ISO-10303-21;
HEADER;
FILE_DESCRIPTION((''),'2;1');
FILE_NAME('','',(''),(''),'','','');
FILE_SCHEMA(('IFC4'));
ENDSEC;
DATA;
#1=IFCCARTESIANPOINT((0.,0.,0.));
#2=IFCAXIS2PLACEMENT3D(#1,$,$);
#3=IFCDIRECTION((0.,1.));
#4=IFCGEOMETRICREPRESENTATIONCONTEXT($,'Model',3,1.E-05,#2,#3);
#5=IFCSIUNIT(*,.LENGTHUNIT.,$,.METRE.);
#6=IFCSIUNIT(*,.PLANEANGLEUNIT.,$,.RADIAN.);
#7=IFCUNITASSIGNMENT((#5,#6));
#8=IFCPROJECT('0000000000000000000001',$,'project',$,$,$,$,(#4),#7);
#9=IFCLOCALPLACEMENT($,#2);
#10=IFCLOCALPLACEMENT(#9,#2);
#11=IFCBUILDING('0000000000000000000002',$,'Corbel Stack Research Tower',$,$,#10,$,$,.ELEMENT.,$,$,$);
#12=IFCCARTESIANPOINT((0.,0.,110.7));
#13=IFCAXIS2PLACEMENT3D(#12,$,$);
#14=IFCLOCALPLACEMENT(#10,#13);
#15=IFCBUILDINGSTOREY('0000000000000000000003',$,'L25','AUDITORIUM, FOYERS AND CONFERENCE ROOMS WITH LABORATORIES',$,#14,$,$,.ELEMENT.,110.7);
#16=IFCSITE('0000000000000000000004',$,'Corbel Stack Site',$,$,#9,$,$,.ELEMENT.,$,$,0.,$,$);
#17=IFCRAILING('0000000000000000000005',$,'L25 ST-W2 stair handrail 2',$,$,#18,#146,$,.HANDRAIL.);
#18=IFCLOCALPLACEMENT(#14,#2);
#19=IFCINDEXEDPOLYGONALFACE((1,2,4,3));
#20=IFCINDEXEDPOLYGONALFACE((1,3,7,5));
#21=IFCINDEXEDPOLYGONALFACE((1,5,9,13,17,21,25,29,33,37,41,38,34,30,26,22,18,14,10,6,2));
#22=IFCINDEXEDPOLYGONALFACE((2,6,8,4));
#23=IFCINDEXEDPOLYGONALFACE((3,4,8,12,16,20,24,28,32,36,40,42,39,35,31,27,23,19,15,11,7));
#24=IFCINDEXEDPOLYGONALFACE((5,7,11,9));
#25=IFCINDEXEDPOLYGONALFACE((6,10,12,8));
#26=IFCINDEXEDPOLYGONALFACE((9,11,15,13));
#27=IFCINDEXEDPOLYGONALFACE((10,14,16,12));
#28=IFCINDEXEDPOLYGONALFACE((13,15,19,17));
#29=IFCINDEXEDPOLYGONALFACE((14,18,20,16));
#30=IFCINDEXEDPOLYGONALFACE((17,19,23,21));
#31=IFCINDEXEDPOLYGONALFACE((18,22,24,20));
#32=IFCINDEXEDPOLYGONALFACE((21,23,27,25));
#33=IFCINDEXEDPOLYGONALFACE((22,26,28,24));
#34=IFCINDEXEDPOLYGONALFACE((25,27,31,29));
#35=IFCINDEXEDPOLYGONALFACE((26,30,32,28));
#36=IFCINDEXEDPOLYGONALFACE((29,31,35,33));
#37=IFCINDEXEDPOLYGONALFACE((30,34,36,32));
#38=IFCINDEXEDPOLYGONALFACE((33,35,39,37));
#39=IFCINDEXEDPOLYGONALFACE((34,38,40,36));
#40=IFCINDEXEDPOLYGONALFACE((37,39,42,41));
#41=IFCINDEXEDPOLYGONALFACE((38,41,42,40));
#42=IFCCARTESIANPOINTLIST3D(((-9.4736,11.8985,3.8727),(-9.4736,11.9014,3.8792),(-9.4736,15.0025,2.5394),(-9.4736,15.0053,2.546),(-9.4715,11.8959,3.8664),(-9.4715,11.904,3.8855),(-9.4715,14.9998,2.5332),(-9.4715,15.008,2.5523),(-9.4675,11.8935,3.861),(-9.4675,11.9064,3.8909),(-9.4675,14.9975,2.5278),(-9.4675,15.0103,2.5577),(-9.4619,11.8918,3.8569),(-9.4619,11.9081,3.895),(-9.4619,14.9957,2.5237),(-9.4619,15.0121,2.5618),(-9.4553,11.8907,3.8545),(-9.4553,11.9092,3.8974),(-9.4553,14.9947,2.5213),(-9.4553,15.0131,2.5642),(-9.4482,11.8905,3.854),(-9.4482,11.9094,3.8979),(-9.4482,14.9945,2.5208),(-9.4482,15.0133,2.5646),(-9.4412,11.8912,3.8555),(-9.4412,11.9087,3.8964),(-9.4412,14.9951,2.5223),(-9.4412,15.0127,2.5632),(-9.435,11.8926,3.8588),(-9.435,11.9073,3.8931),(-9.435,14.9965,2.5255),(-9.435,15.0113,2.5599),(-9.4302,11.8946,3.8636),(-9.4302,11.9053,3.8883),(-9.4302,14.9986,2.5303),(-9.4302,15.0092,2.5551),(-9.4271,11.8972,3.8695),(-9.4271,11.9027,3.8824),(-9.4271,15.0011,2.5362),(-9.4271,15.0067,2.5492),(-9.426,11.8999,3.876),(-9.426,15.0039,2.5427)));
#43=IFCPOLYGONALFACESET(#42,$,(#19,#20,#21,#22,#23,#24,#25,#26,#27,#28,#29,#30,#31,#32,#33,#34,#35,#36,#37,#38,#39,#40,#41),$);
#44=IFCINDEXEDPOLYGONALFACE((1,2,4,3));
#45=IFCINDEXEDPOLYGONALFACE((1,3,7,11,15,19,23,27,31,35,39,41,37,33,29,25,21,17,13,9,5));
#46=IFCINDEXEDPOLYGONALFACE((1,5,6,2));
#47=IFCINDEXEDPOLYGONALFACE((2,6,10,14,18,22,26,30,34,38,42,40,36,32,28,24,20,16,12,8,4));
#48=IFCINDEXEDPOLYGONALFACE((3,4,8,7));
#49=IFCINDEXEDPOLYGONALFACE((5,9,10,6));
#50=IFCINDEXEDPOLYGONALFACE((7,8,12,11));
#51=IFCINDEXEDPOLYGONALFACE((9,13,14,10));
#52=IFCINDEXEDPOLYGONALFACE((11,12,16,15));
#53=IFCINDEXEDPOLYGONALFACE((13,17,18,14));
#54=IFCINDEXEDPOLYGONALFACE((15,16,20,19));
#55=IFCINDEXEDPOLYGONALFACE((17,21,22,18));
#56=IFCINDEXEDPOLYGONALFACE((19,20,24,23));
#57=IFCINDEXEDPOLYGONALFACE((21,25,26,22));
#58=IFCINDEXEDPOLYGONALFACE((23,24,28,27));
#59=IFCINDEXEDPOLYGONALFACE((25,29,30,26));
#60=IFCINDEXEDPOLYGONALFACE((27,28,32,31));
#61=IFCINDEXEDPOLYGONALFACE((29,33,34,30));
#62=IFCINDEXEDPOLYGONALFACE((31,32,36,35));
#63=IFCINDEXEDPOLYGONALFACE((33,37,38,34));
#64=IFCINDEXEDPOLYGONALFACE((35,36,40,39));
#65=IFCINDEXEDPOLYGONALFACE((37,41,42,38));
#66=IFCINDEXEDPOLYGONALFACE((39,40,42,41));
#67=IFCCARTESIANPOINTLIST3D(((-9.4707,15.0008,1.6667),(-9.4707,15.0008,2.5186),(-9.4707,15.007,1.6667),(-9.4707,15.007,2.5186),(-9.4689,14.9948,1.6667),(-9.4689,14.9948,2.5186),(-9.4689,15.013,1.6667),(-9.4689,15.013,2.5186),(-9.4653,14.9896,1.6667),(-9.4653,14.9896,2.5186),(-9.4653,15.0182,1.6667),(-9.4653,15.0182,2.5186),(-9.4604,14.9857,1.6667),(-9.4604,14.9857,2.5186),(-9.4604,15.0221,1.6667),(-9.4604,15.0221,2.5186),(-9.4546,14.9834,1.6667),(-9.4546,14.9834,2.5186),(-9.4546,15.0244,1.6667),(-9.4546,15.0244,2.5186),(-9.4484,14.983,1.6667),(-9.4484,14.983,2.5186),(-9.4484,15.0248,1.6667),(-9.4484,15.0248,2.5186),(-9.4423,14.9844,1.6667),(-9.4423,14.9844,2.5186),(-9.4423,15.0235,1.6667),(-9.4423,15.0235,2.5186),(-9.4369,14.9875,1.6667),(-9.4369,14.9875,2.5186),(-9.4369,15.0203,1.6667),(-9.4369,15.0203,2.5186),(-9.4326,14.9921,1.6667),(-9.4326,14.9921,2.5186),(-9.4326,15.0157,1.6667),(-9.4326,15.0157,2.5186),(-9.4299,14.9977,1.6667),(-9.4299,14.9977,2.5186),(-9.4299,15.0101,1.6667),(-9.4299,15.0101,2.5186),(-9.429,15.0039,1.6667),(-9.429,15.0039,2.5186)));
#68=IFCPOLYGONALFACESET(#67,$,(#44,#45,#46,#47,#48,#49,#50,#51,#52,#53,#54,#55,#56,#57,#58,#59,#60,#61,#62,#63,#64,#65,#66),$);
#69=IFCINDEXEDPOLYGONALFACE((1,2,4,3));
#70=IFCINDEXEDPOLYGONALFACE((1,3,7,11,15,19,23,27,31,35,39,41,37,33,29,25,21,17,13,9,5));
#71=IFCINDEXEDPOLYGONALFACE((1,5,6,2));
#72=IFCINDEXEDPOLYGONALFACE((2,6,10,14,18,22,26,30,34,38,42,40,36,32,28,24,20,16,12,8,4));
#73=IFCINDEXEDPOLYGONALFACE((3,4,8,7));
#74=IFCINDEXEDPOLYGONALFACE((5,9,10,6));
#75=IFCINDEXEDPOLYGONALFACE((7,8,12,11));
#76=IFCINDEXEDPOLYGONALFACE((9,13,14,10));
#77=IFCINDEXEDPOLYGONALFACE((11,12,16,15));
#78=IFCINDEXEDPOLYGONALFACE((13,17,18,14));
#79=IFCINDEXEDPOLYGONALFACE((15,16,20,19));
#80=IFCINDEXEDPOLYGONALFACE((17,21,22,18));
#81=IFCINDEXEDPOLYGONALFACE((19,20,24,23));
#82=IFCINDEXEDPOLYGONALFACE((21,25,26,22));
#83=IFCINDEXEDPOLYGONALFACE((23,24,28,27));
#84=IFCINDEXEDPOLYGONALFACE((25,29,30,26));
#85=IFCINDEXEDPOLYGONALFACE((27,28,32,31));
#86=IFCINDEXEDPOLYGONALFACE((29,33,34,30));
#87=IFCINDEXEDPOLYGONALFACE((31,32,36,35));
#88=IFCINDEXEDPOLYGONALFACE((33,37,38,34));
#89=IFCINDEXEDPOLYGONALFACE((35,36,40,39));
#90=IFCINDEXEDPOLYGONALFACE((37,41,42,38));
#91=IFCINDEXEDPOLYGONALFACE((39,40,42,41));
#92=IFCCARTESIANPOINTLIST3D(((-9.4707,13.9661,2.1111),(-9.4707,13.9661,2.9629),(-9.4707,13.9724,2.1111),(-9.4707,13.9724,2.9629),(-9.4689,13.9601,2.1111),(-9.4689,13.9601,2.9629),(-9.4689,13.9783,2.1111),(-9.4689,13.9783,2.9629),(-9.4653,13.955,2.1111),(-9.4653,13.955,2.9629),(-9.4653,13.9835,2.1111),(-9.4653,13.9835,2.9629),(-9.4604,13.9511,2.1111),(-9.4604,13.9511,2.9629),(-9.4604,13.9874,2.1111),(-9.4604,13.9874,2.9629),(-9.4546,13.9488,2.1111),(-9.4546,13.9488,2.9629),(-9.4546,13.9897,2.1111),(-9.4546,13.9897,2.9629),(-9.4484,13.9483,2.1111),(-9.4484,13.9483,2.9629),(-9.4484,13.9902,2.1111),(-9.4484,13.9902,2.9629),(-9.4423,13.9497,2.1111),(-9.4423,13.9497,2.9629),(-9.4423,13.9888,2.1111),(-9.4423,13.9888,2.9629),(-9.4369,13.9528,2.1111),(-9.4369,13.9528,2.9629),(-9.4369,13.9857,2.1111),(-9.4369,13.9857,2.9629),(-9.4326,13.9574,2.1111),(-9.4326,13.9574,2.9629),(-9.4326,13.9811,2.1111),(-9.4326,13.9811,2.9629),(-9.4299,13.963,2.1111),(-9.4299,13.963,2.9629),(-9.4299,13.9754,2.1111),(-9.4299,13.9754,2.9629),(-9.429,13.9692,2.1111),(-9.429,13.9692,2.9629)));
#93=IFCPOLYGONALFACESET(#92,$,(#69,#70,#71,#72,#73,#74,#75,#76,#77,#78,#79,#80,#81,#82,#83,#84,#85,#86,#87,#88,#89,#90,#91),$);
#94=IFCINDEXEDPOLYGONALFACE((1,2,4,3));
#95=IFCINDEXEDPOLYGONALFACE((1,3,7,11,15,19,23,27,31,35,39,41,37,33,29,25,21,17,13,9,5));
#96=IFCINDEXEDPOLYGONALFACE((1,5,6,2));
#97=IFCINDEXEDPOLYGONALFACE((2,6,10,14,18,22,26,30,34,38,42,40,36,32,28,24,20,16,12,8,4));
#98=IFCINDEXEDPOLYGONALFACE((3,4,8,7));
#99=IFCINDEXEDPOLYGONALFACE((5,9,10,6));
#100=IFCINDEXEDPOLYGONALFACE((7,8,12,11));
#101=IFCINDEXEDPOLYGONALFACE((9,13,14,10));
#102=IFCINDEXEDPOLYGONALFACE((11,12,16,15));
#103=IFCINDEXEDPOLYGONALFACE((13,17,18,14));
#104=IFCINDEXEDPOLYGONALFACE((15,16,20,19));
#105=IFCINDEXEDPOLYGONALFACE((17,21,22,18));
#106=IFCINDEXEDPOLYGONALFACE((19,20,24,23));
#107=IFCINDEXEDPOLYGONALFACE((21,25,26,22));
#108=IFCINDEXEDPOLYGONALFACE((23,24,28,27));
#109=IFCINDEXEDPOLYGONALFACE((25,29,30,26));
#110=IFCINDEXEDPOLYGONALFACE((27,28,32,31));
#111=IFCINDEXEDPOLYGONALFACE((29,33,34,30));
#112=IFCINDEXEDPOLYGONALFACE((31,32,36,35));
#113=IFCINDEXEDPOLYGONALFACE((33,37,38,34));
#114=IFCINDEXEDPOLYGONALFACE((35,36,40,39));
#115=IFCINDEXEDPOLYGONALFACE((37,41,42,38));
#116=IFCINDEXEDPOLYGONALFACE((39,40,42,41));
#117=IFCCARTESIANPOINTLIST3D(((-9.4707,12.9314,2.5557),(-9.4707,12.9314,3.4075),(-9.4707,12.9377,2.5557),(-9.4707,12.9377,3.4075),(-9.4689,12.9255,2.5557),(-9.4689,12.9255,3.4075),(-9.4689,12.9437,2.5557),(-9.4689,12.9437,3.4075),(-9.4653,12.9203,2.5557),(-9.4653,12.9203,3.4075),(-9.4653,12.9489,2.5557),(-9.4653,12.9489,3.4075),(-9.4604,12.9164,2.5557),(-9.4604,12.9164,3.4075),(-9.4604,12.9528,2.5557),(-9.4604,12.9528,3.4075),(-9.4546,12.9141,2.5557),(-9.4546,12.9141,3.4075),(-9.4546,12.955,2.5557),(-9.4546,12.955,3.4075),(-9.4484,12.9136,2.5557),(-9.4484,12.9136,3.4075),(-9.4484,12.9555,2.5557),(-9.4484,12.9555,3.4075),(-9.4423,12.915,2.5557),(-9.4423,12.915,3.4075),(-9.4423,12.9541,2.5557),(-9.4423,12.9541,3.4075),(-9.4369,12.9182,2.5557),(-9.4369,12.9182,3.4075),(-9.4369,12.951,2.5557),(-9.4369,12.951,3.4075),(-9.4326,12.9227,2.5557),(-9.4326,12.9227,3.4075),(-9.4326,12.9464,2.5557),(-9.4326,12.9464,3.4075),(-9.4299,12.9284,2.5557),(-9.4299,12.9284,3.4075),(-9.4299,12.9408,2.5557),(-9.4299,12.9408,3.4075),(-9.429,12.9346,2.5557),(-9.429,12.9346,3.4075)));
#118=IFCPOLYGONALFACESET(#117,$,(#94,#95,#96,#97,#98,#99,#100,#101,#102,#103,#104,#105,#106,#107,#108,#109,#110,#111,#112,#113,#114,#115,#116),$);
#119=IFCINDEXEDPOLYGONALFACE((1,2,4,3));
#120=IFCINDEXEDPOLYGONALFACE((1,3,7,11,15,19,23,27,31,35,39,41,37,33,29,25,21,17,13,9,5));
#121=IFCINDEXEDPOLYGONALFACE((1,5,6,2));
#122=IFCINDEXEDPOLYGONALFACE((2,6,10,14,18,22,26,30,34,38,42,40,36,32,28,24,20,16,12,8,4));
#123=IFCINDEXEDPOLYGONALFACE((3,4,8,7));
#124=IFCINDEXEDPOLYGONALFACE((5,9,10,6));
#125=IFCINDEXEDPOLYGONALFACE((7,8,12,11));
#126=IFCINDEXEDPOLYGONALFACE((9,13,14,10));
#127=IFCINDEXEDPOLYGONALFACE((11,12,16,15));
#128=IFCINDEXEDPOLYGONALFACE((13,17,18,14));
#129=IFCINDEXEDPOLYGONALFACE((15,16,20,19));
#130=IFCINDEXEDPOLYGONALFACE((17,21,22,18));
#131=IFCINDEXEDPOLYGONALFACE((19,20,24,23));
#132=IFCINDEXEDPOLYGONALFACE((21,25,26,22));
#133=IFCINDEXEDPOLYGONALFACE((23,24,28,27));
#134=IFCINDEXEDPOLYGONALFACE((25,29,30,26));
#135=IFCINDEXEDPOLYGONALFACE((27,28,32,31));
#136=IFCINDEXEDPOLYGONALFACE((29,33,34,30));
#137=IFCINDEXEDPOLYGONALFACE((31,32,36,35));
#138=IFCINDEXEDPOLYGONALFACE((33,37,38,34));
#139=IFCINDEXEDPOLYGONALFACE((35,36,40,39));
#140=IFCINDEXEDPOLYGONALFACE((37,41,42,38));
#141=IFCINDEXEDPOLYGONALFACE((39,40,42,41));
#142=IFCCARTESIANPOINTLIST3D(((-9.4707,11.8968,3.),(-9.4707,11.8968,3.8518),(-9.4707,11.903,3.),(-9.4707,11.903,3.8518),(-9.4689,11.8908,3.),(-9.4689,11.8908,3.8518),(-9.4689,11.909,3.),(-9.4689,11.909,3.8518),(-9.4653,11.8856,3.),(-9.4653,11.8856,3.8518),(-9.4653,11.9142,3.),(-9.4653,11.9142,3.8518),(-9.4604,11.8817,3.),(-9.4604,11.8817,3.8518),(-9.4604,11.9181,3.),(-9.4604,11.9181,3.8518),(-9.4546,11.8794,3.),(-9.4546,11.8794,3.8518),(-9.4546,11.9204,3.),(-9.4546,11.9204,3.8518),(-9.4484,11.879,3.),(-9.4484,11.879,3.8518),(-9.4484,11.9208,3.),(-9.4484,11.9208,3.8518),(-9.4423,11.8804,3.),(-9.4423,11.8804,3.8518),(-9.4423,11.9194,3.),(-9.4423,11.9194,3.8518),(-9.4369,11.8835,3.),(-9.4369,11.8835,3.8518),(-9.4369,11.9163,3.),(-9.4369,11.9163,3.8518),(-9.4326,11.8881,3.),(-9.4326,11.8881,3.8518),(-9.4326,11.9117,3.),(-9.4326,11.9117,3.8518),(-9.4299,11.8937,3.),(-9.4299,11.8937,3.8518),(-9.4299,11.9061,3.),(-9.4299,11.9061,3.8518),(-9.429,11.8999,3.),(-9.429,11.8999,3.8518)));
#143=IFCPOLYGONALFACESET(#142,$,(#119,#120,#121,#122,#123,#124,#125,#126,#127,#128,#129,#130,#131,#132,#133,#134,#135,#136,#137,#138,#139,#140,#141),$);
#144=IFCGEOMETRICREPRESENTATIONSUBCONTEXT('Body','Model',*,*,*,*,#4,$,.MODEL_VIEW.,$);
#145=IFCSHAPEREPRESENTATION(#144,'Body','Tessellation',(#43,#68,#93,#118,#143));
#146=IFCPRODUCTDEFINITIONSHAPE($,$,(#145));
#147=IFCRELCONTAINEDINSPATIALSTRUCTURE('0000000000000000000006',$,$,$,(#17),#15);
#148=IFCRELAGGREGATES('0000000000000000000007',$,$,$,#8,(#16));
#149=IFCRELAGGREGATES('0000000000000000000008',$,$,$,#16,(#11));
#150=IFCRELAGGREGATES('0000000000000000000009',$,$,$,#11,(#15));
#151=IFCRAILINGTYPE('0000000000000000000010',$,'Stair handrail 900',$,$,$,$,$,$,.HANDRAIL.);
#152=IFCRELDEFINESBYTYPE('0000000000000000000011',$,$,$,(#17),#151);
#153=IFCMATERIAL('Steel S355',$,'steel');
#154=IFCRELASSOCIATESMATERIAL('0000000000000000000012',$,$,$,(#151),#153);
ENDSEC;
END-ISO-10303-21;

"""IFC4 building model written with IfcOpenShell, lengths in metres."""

from ifc_helpers import new_model, si_unit, direction, frame, origin, origin_2d, place, context, subcontext, project, spatial, circle, extrude, material, type_object, element, save


model = new_model("IFC4")

# Units and contexts
model_context = context("Model", 3, precision=1e-05, world=origin(), true_north=direction((0.0, 1.0)))
body_context = subcontext(model_context, "Body", "Model", "MODEL_VIEW")
ifc_project = project(units=[si_unit("LENGTHUNIT", "METRE"), si_unit("PLANEANGLEUNIT", "RADIAN")], contexts=[model_context])

# Site, building, storey
site_placement = place(None, origin())
site = spatial("IfcSite", under=ifc_project, at=site_placement, Name="Corbel Stack Site", CompositionType="ELEMENT", RefElevation=0.0)
building_placement = place(site_placement, origin())
building = spatial("IfcBuilding", under=site, at=building_placement, Name="Corbel Stack Research Tower", CompositionType="ELEMENT")
storey_placement = place(building_placement, frame((0.0, 0.0, 110.7)))
storey = spatial("IfcBuildingStorey", under=building, at=storey_placement, Name="L25", Description="AUDITORIUM, FOYERS AND CONFERENCE ROOMS WITH LABORATORIES", CompositionType="ELEMENT", Elevation=110.7)

# Railing
ifc_material_1 = material(Name="Steel S355", Category="steel")
railing_type_1 = type_object("IfcRailingType", Name="Stair handrail 900", PredefinedType="HANDRAIL", material=ifc_material_1)
railing_1_placement = place(storey_placement, frame((-9.45, 15.0039, 1.6667)))
element("IfcRailing", 1, at=railing_1_placement, inside=storey, type_object=railing_type_1, Name="L25 ST-W2 stair handrail 2", PredefinedType="HANDRAIL", context=body_context, shape_type="SweptSolid", body=[
    extrude(circle(Radius=0.0239, at=origin_2d()), frame((0.0, 0.0, 0.876), z_axis=(0.0, -0.918827, 0.394661), x_axis=(1.0, 0.0, 0.0)), (0.0, 0.0, 1.0), 3.3782),
    extrude(circle(Radius=0.021, at=origin_2d()), origin(), (0.0, 0.0, 1.0), 0.8518),
    extrude(circle(Radius=0.021, at=origin_2d()), frame((0.0, -1.0347, 0.4443)), (0.0, 0.0, 1.0), 0.8518),
    extrude(circle(Radius=0.021, at=origin_2d()), frame((0.0, -2.0693, 0.8889)), (0.0, 0.0, 1.0), 0.8518),
    extrude(circle(Radius=0.021, at=origin_2d()), frame((0.0, -3.104, 1.3333)), (0.0, 0.0, 1.0), 0.8518),
])

save(model, "model.ifc")
